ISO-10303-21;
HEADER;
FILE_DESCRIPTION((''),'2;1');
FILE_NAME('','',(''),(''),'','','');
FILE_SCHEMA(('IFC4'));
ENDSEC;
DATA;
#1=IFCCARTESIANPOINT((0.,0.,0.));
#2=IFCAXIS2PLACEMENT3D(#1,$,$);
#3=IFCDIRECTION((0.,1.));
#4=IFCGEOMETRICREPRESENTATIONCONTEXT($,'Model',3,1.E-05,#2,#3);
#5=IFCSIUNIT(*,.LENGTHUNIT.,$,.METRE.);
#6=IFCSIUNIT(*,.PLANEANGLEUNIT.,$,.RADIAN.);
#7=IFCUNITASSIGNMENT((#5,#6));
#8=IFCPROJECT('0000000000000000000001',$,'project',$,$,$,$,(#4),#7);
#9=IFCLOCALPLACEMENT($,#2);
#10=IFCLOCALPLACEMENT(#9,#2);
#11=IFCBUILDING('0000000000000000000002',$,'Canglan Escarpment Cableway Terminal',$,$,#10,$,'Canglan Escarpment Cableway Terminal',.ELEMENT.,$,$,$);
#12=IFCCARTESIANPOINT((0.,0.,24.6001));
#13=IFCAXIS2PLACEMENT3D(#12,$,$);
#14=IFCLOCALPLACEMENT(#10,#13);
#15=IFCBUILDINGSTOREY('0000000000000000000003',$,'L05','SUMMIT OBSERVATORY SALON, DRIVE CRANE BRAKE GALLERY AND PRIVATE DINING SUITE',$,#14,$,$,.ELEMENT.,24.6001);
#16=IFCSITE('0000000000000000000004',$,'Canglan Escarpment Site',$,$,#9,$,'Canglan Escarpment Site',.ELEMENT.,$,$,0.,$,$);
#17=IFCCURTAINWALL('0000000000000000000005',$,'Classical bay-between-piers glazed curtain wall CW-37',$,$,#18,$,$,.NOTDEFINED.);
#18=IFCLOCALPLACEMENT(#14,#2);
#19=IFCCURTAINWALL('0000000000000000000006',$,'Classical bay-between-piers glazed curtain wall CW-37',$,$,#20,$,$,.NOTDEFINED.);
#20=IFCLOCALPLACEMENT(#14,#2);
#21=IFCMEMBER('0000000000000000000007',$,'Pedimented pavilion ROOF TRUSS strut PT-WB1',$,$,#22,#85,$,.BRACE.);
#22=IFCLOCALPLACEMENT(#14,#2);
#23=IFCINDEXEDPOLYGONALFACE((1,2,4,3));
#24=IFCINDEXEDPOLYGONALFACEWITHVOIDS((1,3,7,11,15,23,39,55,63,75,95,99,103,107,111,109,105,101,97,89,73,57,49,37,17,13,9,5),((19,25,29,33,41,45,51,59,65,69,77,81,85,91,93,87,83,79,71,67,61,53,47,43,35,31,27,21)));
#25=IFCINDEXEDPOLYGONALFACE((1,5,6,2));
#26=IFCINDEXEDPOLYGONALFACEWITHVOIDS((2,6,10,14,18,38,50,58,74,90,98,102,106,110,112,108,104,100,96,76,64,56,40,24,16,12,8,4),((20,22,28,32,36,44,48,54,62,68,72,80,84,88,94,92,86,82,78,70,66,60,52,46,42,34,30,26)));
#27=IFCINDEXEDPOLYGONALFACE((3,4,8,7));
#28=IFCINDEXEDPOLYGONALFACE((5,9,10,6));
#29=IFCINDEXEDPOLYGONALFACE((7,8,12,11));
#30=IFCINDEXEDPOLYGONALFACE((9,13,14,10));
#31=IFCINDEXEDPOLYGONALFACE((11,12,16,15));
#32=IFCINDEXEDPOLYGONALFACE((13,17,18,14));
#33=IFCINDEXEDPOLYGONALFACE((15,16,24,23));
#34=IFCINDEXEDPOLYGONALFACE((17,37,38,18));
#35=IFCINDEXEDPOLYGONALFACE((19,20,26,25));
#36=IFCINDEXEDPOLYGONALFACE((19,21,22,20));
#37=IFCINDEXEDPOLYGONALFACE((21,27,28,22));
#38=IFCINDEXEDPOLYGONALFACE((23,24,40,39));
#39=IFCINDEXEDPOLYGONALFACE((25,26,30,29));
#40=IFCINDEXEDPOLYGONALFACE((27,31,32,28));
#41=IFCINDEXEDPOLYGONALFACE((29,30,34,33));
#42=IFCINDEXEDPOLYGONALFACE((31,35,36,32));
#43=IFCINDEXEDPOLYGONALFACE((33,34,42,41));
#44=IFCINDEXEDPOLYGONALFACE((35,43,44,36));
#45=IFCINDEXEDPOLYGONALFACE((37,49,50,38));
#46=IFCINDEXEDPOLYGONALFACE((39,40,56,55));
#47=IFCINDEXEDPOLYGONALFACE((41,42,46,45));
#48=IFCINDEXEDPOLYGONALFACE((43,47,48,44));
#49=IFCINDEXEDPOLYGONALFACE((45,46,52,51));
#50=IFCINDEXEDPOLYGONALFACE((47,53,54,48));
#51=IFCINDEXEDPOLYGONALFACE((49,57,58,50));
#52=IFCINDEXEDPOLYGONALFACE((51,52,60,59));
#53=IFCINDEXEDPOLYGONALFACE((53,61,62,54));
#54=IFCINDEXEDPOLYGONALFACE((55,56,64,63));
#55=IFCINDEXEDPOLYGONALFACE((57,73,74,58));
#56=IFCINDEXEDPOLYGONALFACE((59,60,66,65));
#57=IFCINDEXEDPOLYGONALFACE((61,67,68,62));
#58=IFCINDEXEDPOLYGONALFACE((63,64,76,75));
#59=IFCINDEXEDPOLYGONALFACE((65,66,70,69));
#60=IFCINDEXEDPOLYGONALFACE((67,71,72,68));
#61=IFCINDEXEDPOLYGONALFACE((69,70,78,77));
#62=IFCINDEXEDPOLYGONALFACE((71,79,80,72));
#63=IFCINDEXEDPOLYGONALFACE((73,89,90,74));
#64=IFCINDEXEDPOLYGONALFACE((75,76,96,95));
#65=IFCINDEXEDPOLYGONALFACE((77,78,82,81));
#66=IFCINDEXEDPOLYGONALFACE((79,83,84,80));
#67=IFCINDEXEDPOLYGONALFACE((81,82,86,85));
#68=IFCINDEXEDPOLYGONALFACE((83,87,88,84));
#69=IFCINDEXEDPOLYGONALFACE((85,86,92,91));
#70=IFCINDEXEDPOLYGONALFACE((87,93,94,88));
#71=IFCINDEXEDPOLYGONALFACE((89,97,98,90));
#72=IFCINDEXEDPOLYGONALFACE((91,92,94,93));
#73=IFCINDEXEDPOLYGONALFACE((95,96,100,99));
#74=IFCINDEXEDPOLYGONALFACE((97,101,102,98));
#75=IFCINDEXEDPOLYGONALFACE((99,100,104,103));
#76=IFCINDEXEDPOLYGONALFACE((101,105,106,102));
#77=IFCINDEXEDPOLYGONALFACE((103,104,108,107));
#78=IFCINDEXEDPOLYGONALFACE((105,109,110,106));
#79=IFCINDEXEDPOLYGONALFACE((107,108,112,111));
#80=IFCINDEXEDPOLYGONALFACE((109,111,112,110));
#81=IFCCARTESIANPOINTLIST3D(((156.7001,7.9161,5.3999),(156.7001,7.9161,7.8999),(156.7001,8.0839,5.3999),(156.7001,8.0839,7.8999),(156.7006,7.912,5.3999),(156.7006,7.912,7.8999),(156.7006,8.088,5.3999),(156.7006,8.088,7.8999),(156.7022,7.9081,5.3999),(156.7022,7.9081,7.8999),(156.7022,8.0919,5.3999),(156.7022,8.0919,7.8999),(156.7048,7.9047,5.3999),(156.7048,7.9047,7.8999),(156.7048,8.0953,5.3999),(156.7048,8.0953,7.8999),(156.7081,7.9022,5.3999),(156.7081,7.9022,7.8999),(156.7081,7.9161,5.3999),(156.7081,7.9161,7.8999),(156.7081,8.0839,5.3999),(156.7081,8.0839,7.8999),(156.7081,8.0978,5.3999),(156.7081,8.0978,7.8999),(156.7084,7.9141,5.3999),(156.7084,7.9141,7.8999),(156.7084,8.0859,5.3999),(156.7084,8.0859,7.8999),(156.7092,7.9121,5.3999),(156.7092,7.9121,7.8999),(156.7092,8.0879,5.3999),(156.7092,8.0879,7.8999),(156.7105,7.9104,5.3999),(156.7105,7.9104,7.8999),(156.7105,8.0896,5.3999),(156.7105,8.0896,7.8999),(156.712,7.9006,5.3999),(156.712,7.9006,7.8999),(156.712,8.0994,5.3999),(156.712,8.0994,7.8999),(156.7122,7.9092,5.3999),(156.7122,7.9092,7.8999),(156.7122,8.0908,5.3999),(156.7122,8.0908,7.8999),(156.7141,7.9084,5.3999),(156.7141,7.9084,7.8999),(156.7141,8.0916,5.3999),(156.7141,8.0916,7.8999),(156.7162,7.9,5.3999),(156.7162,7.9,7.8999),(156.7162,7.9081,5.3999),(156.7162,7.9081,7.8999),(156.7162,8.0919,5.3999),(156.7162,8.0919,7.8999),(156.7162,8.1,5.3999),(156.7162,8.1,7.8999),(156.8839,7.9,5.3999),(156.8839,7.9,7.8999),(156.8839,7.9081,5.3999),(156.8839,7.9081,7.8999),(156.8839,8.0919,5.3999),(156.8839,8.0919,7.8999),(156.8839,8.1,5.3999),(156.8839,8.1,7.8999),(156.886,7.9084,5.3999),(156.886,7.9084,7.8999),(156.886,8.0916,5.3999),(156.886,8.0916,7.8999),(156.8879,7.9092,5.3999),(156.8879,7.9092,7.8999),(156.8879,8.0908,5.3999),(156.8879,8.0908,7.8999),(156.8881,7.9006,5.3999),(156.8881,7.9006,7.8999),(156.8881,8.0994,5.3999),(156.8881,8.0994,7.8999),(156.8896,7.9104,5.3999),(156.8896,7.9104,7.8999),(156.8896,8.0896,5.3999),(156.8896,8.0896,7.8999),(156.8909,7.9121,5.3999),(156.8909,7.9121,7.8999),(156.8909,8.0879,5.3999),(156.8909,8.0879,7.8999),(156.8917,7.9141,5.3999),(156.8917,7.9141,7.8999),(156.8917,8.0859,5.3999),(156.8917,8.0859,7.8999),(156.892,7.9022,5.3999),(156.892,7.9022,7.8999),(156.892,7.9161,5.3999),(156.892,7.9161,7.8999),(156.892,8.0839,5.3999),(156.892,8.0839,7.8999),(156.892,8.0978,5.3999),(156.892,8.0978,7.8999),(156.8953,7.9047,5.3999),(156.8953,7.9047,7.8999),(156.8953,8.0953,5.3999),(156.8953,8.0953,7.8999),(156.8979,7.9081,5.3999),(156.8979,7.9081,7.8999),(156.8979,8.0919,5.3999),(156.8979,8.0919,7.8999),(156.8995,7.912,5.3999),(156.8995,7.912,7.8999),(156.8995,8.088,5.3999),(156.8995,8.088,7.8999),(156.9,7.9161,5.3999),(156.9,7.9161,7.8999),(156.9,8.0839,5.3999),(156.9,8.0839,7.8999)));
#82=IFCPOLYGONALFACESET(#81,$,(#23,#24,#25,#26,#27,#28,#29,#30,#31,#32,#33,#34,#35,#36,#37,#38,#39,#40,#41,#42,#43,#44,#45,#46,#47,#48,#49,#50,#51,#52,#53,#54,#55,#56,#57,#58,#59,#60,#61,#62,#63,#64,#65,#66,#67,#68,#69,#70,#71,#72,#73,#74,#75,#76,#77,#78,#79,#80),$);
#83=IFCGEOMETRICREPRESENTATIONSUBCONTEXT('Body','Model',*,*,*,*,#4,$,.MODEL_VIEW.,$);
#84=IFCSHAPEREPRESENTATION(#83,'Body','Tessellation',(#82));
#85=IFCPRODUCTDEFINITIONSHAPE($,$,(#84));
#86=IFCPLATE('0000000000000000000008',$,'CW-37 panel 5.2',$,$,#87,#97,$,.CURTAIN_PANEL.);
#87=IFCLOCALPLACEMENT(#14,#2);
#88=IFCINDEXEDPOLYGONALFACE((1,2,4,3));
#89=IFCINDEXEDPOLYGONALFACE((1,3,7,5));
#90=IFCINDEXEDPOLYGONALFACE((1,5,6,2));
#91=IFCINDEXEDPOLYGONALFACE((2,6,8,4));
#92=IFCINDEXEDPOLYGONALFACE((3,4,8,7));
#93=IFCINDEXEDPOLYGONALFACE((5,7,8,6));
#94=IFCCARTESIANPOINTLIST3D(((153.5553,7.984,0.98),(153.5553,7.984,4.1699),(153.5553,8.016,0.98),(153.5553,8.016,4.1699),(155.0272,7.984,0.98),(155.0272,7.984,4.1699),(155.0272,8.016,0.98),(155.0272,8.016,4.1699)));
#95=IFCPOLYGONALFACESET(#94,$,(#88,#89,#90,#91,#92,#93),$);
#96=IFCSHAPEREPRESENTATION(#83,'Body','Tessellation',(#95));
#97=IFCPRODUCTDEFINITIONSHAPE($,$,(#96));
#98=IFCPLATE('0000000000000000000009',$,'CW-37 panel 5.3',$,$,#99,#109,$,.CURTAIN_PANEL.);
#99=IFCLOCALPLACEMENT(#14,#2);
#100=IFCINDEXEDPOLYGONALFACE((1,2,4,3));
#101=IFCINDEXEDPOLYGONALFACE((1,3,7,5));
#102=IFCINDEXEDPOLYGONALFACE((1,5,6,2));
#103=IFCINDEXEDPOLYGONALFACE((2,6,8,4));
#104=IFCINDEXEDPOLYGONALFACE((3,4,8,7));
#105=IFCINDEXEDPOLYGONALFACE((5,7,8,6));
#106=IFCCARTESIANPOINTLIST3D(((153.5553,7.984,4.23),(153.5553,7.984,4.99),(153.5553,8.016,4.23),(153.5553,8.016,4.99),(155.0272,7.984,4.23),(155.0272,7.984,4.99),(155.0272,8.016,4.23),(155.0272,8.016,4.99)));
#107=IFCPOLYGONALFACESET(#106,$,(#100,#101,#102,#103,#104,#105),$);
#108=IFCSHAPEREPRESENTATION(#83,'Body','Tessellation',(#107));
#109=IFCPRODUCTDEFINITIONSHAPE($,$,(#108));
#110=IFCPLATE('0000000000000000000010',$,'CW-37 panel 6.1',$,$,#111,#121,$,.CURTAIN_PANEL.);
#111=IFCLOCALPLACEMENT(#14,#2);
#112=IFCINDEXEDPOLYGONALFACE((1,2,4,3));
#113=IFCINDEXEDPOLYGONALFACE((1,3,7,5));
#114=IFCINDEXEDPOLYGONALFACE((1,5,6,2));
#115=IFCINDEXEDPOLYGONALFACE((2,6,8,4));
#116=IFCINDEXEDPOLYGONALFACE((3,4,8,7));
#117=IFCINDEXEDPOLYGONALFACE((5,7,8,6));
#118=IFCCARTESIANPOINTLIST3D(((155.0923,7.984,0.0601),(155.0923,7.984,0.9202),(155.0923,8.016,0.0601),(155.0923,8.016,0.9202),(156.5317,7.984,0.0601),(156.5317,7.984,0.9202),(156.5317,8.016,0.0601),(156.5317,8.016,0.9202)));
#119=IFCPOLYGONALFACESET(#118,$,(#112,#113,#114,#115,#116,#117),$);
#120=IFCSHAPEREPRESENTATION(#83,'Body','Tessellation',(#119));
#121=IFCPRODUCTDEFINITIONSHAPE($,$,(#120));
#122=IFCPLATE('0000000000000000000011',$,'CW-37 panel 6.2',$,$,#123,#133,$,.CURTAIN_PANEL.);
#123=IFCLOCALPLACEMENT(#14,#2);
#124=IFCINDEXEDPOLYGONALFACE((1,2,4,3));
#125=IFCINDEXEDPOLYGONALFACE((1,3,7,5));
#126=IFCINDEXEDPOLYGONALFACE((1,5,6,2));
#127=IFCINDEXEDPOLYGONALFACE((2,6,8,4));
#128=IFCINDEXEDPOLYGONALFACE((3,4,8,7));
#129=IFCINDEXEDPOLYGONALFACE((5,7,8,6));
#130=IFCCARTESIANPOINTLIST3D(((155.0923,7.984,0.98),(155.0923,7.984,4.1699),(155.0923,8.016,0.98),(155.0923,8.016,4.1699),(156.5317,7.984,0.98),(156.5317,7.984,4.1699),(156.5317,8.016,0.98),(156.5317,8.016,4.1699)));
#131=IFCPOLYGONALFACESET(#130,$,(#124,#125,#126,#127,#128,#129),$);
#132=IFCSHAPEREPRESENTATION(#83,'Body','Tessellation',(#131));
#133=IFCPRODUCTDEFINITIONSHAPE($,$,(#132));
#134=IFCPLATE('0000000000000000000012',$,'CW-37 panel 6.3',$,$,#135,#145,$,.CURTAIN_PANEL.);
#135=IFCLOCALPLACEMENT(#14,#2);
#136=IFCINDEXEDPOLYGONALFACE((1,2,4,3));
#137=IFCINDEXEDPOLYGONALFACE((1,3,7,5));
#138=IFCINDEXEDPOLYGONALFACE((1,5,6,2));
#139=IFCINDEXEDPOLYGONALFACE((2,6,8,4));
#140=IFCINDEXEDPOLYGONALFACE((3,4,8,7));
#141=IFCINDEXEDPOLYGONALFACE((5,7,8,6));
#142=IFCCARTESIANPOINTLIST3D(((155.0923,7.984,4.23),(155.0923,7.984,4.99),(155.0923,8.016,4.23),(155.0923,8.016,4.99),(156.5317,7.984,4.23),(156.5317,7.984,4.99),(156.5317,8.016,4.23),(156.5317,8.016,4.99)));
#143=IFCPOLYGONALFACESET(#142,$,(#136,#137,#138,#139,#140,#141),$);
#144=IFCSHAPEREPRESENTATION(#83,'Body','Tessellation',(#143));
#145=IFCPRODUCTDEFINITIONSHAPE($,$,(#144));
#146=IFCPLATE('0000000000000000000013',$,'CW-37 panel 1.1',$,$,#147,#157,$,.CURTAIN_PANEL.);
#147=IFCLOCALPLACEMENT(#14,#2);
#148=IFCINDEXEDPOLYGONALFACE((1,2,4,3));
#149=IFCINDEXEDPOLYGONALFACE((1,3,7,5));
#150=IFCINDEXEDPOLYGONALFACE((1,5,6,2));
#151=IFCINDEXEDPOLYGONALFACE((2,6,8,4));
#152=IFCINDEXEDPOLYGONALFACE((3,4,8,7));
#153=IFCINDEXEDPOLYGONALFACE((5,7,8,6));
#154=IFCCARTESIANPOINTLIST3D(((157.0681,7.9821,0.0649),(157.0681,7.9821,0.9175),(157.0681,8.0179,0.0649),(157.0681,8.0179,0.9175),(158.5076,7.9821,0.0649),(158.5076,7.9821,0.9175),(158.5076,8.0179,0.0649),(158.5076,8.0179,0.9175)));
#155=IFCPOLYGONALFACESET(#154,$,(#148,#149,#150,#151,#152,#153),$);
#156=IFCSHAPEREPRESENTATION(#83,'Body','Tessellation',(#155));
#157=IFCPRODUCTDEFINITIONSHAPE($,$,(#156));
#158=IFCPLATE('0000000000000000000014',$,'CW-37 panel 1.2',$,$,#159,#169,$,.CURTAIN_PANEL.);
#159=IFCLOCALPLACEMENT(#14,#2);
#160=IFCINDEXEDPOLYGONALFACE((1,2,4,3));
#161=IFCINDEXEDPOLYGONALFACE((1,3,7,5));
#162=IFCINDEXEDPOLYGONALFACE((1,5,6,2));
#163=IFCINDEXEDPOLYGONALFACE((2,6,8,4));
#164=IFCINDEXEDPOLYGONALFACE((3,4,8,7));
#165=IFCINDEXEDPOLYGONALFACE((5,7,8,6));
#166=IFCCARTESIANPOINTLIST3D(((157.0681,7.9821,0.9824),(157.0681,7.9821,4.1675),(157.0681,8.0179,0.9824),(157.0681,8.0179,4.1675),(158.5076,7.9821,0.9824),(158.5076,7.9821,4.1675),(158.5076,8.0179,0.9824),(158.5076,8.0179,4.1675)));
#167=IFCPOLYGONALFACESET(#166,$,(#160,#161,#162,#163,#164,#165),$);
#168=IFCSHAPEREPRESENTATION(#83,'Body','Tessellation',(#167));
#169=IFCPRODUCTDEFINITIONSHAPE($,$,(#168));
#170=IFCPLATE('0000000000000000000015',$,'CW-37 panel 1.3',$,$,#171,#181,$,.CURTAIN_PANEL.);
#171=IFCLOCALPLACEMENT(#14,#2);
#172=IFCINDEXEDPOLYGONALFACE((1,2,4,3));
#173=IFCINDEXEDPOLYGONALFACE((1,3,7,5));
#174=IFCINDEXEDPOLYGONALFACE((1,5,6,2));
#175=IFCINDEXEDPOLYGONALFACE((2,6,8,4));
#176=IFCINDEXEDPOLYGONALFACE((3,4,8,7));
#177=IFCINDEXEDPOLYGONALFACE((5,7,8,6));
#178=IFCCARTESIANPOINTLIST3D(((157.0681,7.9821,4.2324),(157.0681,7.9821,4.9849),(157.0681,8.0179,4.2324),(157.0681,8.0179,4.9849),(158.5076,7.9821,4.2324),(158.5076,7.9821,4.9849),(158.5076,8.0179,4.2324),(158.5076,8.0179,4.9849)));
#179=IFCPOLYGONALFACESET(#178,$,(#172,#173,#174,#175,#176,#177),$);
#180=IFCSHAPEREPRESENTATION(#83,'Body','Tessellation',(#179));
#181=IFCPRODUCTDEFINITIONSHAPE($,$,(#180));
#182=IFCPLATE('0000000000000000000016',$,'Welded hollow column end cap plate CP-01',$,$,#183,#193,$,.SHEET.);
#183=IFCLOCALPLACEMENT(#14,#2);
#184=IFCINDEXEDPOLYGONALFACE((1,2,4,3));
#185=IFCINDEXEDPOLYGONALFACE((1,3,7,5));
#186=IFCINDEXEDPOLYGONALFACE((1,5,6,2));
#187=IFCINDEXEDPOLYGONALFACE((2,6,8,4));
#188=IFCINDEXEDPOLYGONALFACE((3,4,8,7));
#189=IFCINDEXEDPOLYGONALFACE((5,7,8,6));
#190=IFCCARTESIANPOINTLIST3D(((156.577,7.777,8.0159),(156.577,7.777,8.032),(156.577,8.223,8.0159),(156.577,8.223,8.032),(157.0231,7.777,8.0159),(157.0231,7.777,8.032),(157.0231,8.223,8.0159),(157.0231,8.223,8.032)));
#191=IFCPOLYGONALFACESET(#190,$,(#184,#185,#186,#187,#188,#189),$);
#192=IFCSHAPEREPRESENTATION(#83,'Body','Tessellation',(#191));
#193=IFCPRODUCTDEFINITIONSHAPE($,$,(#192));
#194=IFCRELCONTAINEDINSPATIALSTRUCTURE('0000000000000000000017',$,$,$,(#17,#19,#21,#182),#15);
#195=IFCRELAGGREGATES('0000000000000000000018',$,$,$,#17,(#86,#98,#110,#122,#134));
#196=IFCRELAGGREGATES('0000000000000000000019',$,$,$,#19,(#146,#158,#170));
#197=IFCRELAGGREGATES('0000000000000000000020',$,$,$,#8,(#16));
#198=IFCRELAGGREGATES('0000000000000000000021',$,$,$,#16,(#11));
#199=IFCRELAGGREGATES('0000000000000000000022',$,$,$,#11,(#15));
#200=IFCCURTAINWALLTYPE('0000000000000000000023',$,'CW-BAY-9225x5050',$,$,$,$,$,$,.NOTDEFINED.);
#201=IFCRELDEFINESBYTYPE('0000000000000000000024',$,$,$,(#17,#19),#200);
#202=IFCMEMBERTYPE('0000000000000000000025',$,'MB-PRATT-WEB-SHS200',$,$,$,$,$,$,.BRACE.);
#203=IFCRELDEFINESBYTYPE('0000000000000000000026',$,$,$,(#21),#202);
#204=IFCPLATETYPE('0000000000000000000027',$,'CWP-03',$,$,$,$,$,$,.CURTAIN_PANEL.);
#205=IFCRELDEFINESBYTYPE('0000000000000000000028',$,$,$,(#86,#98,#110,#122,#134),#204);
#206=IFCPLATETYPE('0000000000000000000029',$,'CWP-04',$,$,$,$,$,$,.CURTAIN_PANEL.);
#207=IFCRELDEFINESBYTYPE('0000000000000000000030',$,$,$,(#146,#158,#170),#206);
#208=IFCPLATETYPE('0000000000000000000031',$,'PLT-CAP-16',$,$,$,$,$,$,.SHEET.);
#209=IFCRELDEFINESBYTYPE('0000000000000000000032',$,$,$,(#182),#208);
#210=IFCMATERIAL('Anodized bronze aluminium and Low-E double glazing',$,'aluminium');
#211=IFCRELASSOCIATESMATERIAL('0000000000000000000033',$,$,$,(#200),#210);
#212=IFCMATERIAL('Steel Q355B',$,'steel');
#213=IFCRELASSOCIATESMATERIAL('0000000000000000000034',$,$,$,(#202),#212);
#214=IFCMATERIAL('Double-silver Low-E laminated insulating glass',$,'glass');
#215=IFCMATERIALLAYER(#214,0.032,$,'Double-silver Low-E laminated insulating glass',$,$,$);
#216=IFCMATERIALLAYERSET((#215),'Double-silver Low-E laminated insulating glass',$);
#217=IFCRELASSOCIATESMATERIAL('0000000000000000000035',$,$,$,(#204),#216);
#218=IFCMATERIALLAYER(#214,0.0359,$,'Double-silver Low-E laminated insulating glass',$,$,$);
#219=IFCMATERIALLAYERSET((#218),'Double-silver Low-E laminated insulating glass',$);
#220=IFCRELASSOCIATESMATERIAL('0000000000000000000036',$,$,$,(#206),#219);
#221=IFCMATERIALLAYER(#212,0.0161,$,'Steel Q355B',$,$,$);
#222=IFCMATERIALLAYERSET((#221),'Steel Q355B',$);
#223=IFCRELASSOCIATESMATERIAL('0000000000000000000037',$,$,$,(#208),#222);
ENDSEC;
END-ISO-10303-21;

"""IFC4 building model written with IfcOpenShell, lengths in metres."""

from ifc_helpers import new_model, si_unit, direction, frame, origin, origin_2d, place, context, subcontext, project, spatial, rectangle, hollow_rectangle, extrude, material, layer, layer_set, material_profile, profile_set, type_object, element, aggregate, save


model = new_model("IFC4")

# Units and contexts
model_context = context("Model", 3, precision=1e-05, world=origin(), true_north=direction((0.0, 1.0)))
body_context = subcontext(model_context, "Body", "Model", "MODEL_VIEW")
ifc_project = project(units=[si_unit("LENGTHUNIT", "METRE"), si_unit("PLANEANGLEUNIT", "RADIAN")], contexts=[model_context])

# Site, building, storey
site_placement = place(None, origin())
site = spatial("IfcSite", under=ifc_project, at=site_placement, Name="Canglan Escarpment Site", LongName="Canglan Escarpment Site", CompositionType="ELEMENT", RefElevation=0.0)
building_placement = place(site_placement, origin())
building = spatial("IfcBuilding", under=site, at=building_placement, Name="Canglan Escarpment Cableway Terminal", LongName="Canglan Escarpment Cableway Terminal", CompositionType="ELEMENT")
storey_placement = place(building_placement, frame((0.0, 0.0, 24.6001)))
storey = spatial("IfcBuildingStorey", under=building, at=storey_placement, Name="L05", Description="SUMMIT OBSERVATORY SALON, DRIVE CRANE BRAKE GALLERY AND PRIVATE DINING SUITE", CompositionType="ELEMENT", Elevation=24.6001)

# Shared definitions
ifc_material_1 = material(Name="Steel Q355B", Category="steel")

# Curtain walls
ifc_material_2 = material(Name="Anodized bronze aluminium and Low-E double glazing", Category="aluminium")
curtain_wall_type = type_object("IfcCurtainWallType", Name="CW-BAY-9225x5050", PredefinedType="NOTDEFINED", material=ifc_material_2)
curtain_wall_1_placement = place(storey_placement, origin())
curtain_wall_1 = element("IfcCurtainWall", 1, at=curtain_wall_1_placement, inside=storey, type_object=curtain_wall_type, Name="Classical bay-between-piers glazed curtain wall CW-37", PredefinedType="NOTDEFINED")
curtain_wall_2_placement = place(storey_placement, origin())
curtain_wall_2 = element("IfcCurtainWall", 2, at=curtain_wall_2_placement, inside=storey, type_object=curtain_wall_type, Name="Classical bay-between-piers glazed curtain wall CW-37", PredefinedType="NOTDEFINED")

# Member
ifc_material_profile_1 = material_profile(ifc_material_1, hollow_rectangle(XDim=0.2, YDim=0.2, WallThickness=0.0081, InnerFilletRadius=0.0081, OuterFilletRadius=0.0161, at=origin_2d()), Name="SHS 200x200x8")
ifc_profile_set_1 = profile_set([ifc_material_profile_1], Name="Steel Q355B")
member_type_1 = type_object("IfcMemberType", Name="MB-PRATT-WEB-SHS200", PredefinedType="BRACE", material=ifc_profile_set_1)
member_1_placement = place(storey_placement, frame((156.8, 8.0, 5.3999), z_axis=(0.0, 0.0, 1.0), x_axis=(1.0, 0.0, 0.0)))
element("IfcMember", 3, at=member_1_placement, inside=storey, type_object=member_type_1, Name="Pedimented pavilion ROOF TRUSS strut PT-WB1", PredefinedType="BRACE", context=body_context, shape_type="SweptSolid", body=[
    extrude(hollow_rectangle(XDim=0.2, YDim=0.2, WallThickness=0.0081, InnerFilletRadius=0.0081, OuterFilletRadius=0.0161, at=origin_2d()), origin(), (0.0, 0.0, 1.0), 2.5),
])

# Plates
ifc_material_3 = material(Name="Double-silver Low-E laminated insulating glass", Category="glass")
ifc_layer_1 = layer(ifc_material_3, 0.032, Name="Double-silver Low-E laminated insulating glass")
ifc_layer_set_1 = layer_set([ifc_layer_1], Name="Double-silver Low-E laminated insulating glass")
plate_type_1 = type_object("IfcPlateType", Name="CWP-03", PredefinedType="CURTAIN_PANEL", material=ifc_layer_set_1)
plate_1_placement = place(storey_placement, frame((154.2913, 8.0, 0.98), z_axis=(0.0, 0.0, 1.0), x_axis=(1.0, 0.0, 0.0)))
plate_1 = element("IfcPlate", 4, at=plate_1_placement, type_object=plate_type_1, Name="CW-37 panel 5.2", PredefinedType="CURTAIN_PANEL", context=body_context, shape_type="SweptSolid", body=[
    extrude(rectangle(XDim=1.4719, YDim=0.032, at=origin_2d()), origin(), (0.0, 0.0, 1.0), 3.1899),
])
plate_2_placement = place(storey_placement, frame((154.2913, 8.0, 4.23), z_axis=(0.0, 0.0, 1.0), x_axis=(1.0, 0.0, 0.0)))
plate_2 = element("IfcPlate", 5, at=plate_2_placement, type_object=plate_type_1, Name="CW-37 panel 5.3", PredefinedType="CURTAIN_PANEL", context=body_context, shape_type="SweptSolid", body=[
    extrude(rectangle(XDim=1.4719, YDim=0.032, at=origin_2d()), origin(), (0.0, 0.0, 1.0), 0.76),
])
plate_3_placement = place(storey_placement, frame((155.812, 8.0, 0.0601), z_axis=(0.0, 0.0, 1.0), x_axis=(1.0, 0.0, 0.0)))
plate_3 = element("IfcPlate", 6, at=plate_3_placement, type_object=plate_type_1, Name="CW-37 panel 6.1", PredefinedType="CURTAIN_PANEL", context=body_context, shape_type="SweptSolid", body=[
    extrude(rectangle(XDim=1.4395, YDim=0.032, at=origin_2d()), origin(), (0.0, 0.0, 1.0), 0.8601),
])
plate_4_placement = place(storey_placement, frame((155.812, 8.0, 0.98), z_axis=(0.0, 0.0, 1.0), x_axis=(1.0, 0.0, 0.0)))
plate_4 = element("IfcPlate", 7, at=plate_4_placement, type_object=plate_type_1, Name="CW-37 panel 6.2", PredefinedType="CURTAIN_PANEL", context=body_context, shape_type="SweptSolid", body=[
    extrude(rectangle(XDim=1.4395, YDim=0.032, at=origin_2d()), origin(), (0.0, 0.0, 1.0), 3.1899),
])
plate_5_placement = place(storey_placement, frame((155.812, 8.0, 4.23), z_axis=(0.0, 0.0, 1.0), x_axis=(1.0, 0.0, 0.0)))
plate_5 = element("IfcPlate", 8, at=plate_5_placement, type_object=plate_type_1, Name="CW-37 panel 6.3", PredefinedType="CURTAIN_PANEL", context=body_context, shape_type="SweptSolid", body=[
    extrude(rectangle(XDim=1.4395, YDim=0.032, at=origin_2d()), origin(), (0.0, 0.0, 1.0), 0.76),
])
aggregate(curtain_wall_1, [plate_1, plate_2, plate_3, plate_4, plate_5])
ifc_layer_2 = layer(ifc_material_3, 0.0359, Name="Double-silver Low-E laminated insulating glass")
ifc_layer_set_2 = layer_set([ifc_layer_2], Name="Double-silver Low-E laminated insulating glass")
plate_type_2 = type_object("IfcPlateType", Name="CWP-04", PredefinedType="CURTAIN_PANEL", material=ifc_layer_set_2)
plate_6_placement = place(storey_placement, frame((157.7878, 8.0, 0.0649), z_axis=(0.0, 0.0, 1.0), x_axis=(1.0, 0.0, 0.0)))
plate_6 = element("IfcPlate", 9, at=plate_6_placement, type_object=plate_type_2, Name="CW-37 panel 1.1", PredefinedType="CURTAIN_PANEL", context=body_context, shape_type="SweptSolid", body=[
    extrude(rectangle(XDim=1.4395, YDim=0.0359, at=origin_2d()), origin(), (0.0, 0.0, 1.0), 0.8525),
])
plate_7_placement = place(storey_placement, frame((157.7878, 8.0, 0.9824), z_axis=(0.0, 0.0, 1.0), x_axis=(1.0, 0.0, 0.0)))
plate_7 = element("IfcPlate", 10, at=plate_7_placement, type_object=plate_type_2, Name="CW-37 panel 1.2", PredefinedType="CURTAIN_PANEL", context=body_context, shape_type="SweptSolid", body=[
    extrude(rectangle(XDim=1.4395, YDim=0.0359, at=origin_2d()), origin(), (0.0, 0.0, 1.0), 3.1851),
])
plate_8_placement = place(storey_placement, frame((157.7878, 8.0, 4.2324), z_axis=(0.0, 0.0, 1.0), x_axis=(1.0, 0.0, 0.0)))
plate_8 = element("IfcPlate", 11, at=plate_8_placement, type_object=plate_type_2, Name="CW-37 panel 1.3", PredefinedType="CURTAIN_PANEL", context=body_context, shape_type="SweptSolid", body=[
    extrude(rectangle(XDim=1.4395, YDim=0.0359, at=origin_2d()), origin(), (0.0, 0.0, 1.0), 0.7524),
])
aggregate(curtain_wall_2, [plate_6, plate_7, plate_8])

# Plate
ifc_layer_3 = layer(ifc_material_1, 0.0161, Name="Steel Q355B")
ifc_layer_set_3 = layer_set([ifc_layer_3], Name="Steel Q355B")
plate_type_3 = type_object("IfcPlateType", Name="PLT-CAP-16", PredefinedType="SHEET", material=ifc_layer_set_3)
plate_9_placement = place(storey_placement, frame((156.8, 8.0, 8.0159), z_axis=(0.0, 0.0, 1.0), x_axis=(1.0, 0.0, 0.0)))
element("IfcPlate", 12, at=plate_9_placement, inside=storey, type_object=plate_type_3, Name="Welded hollow column end cap plate CP-01", PredefinedType="SHEET", context=body_context, shape_type="SweptSolid", body=[
    extrude(rectangle(XDim=0.446, YDim=0.446, at=origin_2d()), origin(), (0.0, 0.0, 1.0), 0.0161),
])

save(model, "model.ifc")
